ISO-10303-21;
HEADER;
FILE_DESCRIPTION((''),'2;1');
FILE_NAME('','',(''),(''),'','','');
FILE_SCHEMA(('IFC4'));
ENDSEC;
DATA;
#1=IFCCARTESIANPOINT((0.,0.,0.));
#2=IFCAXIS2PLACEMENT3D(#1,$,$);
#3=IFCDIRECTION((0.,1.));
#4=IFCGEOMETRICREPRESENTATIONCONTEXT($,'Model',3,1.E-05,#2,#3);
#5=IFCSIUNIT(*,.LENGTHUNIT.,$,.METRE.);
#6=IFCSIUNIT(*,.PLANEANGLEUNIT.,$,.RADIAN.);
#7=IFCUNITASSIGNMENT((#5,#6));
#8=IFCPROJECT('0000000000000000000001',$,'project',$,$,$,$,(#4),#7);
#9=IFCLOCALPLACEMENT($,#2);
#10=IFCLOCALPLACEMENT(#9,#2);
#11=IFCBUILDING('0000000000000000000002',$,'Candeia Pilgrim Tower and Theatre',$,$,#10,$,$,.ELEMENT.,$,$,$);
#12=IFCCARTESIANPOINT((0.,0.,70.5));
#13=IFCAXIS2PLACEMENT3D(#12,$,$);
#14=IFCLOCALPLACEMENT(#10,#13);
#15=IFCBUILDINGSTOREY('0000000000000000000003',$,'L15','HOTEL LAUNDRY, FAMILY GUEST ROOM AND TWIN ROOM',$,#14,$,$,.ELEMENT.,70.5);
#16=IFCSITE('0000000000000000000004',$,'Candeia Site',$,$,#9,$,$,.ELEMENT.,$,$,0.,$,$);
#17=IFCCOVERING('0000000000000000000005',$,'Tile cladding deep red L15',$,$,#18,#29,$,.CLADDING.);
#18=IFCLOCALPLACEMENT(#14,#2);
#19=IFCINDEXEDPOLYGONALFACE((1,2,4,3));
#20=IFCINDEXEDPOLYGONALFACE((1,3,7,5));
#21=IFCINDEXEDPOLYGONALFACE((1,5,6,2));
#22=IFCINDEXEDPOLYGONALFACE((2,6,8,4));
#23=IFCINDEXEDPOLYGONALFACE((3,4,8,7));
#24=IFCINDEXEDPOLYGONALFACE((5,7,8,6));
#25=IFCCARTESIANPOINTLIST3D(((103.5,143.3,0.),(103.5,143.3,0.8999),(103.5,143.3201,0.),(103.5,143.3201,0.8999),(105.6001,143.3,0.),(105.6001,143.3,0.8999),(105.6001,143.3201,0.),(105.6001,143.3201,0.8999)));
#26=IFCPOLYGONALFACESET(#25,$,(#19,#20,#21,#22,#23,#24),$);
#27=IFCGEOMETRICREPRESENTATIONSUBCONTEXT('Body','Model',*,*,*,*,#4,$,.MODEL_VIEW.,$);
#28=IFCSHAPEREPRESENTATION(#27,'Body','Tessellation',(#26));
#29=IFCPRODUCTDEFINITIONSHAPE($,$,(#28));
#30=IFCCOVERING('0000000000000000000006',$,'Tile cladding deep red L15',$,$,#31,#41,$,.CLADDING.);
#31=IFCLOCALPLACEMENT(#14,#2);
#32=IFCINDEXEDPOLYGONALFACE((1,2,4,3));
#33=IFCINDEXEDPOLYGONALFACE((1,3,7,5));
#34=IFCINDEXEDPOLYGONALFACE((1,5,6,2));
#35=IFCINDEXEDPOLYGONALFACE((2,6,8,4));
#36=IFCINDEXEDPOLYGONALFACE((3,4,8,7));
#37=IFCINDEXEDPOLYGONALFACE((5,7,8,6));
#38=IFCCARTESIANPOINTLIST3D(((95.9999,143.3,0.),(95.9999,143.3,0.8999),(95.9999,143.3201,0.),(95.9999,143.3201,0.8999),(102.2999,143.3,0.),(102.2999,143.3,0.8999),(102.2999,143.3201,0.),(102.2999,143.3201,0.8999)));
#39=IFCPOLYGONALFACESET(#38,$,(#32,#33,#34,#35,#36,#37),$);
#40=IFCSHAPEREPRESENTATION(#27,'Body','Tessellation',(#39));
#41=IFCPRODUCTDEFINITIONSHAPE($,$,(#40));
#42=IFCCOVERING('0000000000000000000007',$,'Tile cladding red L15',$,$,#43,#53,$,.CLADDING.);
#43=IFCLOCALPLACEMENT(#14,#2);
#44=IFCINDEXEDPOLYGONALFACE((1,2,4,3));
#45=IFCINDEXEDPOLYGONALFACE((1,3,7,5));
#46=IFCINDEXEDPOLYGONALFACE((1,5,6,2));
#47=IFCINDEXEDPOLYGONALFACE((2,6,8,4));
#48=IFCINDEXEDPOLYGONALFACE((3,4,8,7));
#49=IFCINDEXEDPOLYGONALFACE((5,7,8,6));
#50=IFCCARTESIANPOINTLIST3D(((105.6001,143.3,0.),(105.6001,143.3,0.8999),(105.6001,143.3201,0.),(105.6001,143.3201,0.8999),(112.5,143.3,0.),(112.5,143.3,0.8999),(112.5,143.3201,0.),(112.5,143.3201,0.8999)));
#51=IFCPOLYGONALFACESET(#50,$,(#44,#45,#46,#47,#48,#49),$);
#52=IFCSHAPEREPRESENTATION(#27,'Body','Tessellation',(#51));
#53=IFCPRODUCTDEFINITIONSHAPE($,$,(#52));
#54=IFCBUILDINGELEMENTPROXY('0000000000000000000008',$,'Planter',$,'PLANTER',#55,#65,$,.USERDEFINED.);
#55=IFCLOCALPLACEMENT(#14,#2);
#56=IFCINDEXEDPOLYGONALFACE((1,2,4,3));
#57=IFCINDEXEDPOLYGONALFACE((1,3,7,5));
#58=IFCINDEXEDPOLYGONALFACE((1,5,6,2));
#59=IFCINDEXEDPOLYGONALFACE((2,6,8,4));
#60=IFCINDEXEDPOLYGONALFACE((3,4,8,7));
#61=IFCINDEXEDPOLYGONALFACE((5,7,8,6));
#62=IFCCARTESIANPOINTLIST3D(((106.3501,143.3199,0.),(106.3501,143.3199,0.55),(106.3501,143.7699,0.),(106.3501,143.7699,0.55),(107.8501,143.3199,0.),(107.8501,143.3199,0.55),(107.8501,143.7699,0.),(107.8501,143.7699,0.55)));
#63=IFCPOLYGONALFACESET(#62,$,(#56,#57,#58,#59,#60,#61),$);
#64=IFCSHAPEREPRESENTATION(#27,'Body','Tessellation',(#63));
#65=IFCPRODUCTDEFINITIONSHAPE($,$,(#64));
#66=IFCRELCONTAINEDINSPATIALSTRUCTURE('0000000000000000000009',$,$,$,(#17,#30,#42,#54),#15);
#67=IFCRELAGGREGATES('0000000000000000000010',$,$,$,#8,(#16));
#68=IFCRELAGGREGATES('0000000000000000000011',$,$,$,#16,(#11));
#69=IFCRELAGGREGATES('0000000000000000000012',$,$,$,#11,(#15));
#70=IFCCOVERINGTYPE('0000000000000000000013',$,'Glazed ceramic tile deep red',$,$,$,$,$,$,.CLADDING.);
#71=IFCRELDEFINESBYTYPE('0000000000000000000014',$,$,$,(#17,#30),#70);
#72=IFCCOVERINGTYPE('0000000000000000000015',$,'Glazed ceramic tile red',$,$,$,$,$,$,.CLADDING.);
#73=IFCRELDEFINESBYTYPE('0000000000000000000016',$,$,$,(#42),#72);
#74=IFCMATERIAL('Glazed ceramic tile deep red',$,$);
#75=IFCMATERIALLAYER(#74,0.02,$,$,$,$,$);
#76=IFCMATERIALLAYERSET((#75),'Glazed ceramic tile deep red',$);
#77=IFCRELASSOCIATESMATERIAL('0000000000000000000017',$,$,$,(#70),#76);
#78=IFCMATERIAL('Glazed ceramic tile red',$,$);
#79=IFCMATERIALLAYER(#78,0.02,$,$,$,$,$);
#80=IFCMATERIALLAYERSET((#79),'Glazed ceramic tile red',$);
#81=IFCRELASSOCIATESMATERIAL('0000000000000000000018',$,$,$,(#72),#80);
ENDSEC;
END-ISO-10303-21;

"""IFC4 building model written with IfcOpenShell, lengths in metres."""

from ifc_helpers import new_model, si_unit, direction, frame, origin, origin_2d, place, context, subcontext, project, spatial, rectangle, extrude, material, layer, layer_set, type_object, element, save


model = new_model("IFC4")

# Units and contexts
model_context = context("Model", 3, precision=1e-05, world=origin(), true_north=direction((0.0, 1.0)))
body_context = subcontext(model_context, "Body", "Model", "MODEL_VIEW")
ifc_project = project(units=[si_unit("LENGTHUNIT", "METRE"), si_unit("PLANEANGLEUNIT", "RADIAN")], contexts=[model_context])

# Site, building, storey
site_placement = place(None, origin())
site = spatial("IfcSite", under=ifc_project, at=site_placement, Name="Candeia Site", CompositionType="ELEMENT", RefElevation=0.0)
building_placement = place(site_placement, origin())
building = spatial("IfcBuilding", under=site, at=building_placement, Name="Candeia Pilgrim Tower and Theatre", CompositionType="ELEMENT")
storey_placement = place(building_placement, frame((0.0, 0.0, 70.5)))
storey = spatial("IfcBuildingStorey", under=building, at=storey_placement, Name="L15", Description="HOTEL LAUNDRY, FAMILY GUEST ROOM AND TWIN ROOM", CompositionType="ELEMENT", Elevation=70.5)

# Coverings
ifc_material_1 = material(Name="Glazed ceramic tile deep red")
ifc_layer_1 = layer(ifc_material_1, 0.02)
ifc_layer_set_1 = layer_set([ifc_layer_1], Name="Glazed ceramic tile deep red")
covering_type_1 = type_object("IfcCoveringType", Name="Glazed ceramic tile deep red", PredefinedType="CLADDING", material=ifc_layer_set_1)
covering_1_placement = place(storey_placement, frame((104.55, 143.3101, 0.0), z_axis=(0.0, 0.0, 1.0), x_axis=(-1.0, 0.0, 0.0)))
element("IfcCovering", 1, at=covering_1_placement, inside=storey, type_object=covering_type_1, Name="Tile cladding deep red L15", PredefinedType="CLADDING", context=body_context, shape_type="SweptSolid", body=[
    extrude(rectangle(XDim=2.1001, YDim=0.02, at=origin_2d()), origin(), (0.0, 0.0, 1.0), 0.8999),
])
covering_2_placement = place(storey_placement, frame((99.1499, 143.3101, 0.0), z_axis=(0.0, 0.0, 1.0), x_axis=(-1.0, 0.0, 0.0)))
element("IfcCovering", 2, at=covering_2_placement, inside=storey, type_object=covering_type_1, Name="Tile cladding deep red L15", PredefinedType="CLADDING", context=body_context, shape_type="SweptSolid", body=[
    extrude(rectangle(XDim=6.3, YDim=0.02, at=origin_2d()), origin(), (0.0, 0.0, 1.0), 0.8999),
])
ifc_material_2 = material(Name="Glazed ceramic tile red")
ifc_layer_2 = layer(ifc_material_2, 0.02)
ifc_layer_set_2 = layer_set([ifc_layer_2], Name="Glazed ceramic tile red")
covering_type_2 = type_object("IfcCoveringType", Name="Glazed ceramic tile red", PredefinedType="CLADDING", material=ifc_layer_set_2)
covering_3_placement = place(storey_placement, frame((109.05, 143.3101, 0.0), z_axis=(0.0, 0.0, 1.0), x_axis=(-1.0, 0.0, 0.0)))
element("IfcCovering", 3, at=covering_3_placement, inside=storey, type_object=covering_type_2, Name="Tile cladding red L15", PredefinedType="CLADDING", context=body_context, shape_type="SweptSolid", body=[
    extrude(rectangle(XDim=6.8999, YDim=0.02, at=origin_2d()), origin(), (0.0, 0.0, 1.0), 0.8999),
])

# Building element proxy
proxy_placement = place(storey_placement, frame((107.1001, 143.5449, 0.0), z_axis=(0.0, 0.0, 1.0), x_axis=(-1.0, 0.0, 0.0)))
element("IfcBuildingElementProxy", 4, at=proxy_placement, inside=storey, Name="Planter", ObjectType="PLANTER", PredefinedType="USERDEFINED", context=body_context, shape_type="SweptSolid", body=[
    extrude(rectangle(XDim=1.5, YDim=0.45, at=origin_2d()), origin(), (0.0, 0.0, 1.0), 0.55),
])

save(model, "model.ifc")
